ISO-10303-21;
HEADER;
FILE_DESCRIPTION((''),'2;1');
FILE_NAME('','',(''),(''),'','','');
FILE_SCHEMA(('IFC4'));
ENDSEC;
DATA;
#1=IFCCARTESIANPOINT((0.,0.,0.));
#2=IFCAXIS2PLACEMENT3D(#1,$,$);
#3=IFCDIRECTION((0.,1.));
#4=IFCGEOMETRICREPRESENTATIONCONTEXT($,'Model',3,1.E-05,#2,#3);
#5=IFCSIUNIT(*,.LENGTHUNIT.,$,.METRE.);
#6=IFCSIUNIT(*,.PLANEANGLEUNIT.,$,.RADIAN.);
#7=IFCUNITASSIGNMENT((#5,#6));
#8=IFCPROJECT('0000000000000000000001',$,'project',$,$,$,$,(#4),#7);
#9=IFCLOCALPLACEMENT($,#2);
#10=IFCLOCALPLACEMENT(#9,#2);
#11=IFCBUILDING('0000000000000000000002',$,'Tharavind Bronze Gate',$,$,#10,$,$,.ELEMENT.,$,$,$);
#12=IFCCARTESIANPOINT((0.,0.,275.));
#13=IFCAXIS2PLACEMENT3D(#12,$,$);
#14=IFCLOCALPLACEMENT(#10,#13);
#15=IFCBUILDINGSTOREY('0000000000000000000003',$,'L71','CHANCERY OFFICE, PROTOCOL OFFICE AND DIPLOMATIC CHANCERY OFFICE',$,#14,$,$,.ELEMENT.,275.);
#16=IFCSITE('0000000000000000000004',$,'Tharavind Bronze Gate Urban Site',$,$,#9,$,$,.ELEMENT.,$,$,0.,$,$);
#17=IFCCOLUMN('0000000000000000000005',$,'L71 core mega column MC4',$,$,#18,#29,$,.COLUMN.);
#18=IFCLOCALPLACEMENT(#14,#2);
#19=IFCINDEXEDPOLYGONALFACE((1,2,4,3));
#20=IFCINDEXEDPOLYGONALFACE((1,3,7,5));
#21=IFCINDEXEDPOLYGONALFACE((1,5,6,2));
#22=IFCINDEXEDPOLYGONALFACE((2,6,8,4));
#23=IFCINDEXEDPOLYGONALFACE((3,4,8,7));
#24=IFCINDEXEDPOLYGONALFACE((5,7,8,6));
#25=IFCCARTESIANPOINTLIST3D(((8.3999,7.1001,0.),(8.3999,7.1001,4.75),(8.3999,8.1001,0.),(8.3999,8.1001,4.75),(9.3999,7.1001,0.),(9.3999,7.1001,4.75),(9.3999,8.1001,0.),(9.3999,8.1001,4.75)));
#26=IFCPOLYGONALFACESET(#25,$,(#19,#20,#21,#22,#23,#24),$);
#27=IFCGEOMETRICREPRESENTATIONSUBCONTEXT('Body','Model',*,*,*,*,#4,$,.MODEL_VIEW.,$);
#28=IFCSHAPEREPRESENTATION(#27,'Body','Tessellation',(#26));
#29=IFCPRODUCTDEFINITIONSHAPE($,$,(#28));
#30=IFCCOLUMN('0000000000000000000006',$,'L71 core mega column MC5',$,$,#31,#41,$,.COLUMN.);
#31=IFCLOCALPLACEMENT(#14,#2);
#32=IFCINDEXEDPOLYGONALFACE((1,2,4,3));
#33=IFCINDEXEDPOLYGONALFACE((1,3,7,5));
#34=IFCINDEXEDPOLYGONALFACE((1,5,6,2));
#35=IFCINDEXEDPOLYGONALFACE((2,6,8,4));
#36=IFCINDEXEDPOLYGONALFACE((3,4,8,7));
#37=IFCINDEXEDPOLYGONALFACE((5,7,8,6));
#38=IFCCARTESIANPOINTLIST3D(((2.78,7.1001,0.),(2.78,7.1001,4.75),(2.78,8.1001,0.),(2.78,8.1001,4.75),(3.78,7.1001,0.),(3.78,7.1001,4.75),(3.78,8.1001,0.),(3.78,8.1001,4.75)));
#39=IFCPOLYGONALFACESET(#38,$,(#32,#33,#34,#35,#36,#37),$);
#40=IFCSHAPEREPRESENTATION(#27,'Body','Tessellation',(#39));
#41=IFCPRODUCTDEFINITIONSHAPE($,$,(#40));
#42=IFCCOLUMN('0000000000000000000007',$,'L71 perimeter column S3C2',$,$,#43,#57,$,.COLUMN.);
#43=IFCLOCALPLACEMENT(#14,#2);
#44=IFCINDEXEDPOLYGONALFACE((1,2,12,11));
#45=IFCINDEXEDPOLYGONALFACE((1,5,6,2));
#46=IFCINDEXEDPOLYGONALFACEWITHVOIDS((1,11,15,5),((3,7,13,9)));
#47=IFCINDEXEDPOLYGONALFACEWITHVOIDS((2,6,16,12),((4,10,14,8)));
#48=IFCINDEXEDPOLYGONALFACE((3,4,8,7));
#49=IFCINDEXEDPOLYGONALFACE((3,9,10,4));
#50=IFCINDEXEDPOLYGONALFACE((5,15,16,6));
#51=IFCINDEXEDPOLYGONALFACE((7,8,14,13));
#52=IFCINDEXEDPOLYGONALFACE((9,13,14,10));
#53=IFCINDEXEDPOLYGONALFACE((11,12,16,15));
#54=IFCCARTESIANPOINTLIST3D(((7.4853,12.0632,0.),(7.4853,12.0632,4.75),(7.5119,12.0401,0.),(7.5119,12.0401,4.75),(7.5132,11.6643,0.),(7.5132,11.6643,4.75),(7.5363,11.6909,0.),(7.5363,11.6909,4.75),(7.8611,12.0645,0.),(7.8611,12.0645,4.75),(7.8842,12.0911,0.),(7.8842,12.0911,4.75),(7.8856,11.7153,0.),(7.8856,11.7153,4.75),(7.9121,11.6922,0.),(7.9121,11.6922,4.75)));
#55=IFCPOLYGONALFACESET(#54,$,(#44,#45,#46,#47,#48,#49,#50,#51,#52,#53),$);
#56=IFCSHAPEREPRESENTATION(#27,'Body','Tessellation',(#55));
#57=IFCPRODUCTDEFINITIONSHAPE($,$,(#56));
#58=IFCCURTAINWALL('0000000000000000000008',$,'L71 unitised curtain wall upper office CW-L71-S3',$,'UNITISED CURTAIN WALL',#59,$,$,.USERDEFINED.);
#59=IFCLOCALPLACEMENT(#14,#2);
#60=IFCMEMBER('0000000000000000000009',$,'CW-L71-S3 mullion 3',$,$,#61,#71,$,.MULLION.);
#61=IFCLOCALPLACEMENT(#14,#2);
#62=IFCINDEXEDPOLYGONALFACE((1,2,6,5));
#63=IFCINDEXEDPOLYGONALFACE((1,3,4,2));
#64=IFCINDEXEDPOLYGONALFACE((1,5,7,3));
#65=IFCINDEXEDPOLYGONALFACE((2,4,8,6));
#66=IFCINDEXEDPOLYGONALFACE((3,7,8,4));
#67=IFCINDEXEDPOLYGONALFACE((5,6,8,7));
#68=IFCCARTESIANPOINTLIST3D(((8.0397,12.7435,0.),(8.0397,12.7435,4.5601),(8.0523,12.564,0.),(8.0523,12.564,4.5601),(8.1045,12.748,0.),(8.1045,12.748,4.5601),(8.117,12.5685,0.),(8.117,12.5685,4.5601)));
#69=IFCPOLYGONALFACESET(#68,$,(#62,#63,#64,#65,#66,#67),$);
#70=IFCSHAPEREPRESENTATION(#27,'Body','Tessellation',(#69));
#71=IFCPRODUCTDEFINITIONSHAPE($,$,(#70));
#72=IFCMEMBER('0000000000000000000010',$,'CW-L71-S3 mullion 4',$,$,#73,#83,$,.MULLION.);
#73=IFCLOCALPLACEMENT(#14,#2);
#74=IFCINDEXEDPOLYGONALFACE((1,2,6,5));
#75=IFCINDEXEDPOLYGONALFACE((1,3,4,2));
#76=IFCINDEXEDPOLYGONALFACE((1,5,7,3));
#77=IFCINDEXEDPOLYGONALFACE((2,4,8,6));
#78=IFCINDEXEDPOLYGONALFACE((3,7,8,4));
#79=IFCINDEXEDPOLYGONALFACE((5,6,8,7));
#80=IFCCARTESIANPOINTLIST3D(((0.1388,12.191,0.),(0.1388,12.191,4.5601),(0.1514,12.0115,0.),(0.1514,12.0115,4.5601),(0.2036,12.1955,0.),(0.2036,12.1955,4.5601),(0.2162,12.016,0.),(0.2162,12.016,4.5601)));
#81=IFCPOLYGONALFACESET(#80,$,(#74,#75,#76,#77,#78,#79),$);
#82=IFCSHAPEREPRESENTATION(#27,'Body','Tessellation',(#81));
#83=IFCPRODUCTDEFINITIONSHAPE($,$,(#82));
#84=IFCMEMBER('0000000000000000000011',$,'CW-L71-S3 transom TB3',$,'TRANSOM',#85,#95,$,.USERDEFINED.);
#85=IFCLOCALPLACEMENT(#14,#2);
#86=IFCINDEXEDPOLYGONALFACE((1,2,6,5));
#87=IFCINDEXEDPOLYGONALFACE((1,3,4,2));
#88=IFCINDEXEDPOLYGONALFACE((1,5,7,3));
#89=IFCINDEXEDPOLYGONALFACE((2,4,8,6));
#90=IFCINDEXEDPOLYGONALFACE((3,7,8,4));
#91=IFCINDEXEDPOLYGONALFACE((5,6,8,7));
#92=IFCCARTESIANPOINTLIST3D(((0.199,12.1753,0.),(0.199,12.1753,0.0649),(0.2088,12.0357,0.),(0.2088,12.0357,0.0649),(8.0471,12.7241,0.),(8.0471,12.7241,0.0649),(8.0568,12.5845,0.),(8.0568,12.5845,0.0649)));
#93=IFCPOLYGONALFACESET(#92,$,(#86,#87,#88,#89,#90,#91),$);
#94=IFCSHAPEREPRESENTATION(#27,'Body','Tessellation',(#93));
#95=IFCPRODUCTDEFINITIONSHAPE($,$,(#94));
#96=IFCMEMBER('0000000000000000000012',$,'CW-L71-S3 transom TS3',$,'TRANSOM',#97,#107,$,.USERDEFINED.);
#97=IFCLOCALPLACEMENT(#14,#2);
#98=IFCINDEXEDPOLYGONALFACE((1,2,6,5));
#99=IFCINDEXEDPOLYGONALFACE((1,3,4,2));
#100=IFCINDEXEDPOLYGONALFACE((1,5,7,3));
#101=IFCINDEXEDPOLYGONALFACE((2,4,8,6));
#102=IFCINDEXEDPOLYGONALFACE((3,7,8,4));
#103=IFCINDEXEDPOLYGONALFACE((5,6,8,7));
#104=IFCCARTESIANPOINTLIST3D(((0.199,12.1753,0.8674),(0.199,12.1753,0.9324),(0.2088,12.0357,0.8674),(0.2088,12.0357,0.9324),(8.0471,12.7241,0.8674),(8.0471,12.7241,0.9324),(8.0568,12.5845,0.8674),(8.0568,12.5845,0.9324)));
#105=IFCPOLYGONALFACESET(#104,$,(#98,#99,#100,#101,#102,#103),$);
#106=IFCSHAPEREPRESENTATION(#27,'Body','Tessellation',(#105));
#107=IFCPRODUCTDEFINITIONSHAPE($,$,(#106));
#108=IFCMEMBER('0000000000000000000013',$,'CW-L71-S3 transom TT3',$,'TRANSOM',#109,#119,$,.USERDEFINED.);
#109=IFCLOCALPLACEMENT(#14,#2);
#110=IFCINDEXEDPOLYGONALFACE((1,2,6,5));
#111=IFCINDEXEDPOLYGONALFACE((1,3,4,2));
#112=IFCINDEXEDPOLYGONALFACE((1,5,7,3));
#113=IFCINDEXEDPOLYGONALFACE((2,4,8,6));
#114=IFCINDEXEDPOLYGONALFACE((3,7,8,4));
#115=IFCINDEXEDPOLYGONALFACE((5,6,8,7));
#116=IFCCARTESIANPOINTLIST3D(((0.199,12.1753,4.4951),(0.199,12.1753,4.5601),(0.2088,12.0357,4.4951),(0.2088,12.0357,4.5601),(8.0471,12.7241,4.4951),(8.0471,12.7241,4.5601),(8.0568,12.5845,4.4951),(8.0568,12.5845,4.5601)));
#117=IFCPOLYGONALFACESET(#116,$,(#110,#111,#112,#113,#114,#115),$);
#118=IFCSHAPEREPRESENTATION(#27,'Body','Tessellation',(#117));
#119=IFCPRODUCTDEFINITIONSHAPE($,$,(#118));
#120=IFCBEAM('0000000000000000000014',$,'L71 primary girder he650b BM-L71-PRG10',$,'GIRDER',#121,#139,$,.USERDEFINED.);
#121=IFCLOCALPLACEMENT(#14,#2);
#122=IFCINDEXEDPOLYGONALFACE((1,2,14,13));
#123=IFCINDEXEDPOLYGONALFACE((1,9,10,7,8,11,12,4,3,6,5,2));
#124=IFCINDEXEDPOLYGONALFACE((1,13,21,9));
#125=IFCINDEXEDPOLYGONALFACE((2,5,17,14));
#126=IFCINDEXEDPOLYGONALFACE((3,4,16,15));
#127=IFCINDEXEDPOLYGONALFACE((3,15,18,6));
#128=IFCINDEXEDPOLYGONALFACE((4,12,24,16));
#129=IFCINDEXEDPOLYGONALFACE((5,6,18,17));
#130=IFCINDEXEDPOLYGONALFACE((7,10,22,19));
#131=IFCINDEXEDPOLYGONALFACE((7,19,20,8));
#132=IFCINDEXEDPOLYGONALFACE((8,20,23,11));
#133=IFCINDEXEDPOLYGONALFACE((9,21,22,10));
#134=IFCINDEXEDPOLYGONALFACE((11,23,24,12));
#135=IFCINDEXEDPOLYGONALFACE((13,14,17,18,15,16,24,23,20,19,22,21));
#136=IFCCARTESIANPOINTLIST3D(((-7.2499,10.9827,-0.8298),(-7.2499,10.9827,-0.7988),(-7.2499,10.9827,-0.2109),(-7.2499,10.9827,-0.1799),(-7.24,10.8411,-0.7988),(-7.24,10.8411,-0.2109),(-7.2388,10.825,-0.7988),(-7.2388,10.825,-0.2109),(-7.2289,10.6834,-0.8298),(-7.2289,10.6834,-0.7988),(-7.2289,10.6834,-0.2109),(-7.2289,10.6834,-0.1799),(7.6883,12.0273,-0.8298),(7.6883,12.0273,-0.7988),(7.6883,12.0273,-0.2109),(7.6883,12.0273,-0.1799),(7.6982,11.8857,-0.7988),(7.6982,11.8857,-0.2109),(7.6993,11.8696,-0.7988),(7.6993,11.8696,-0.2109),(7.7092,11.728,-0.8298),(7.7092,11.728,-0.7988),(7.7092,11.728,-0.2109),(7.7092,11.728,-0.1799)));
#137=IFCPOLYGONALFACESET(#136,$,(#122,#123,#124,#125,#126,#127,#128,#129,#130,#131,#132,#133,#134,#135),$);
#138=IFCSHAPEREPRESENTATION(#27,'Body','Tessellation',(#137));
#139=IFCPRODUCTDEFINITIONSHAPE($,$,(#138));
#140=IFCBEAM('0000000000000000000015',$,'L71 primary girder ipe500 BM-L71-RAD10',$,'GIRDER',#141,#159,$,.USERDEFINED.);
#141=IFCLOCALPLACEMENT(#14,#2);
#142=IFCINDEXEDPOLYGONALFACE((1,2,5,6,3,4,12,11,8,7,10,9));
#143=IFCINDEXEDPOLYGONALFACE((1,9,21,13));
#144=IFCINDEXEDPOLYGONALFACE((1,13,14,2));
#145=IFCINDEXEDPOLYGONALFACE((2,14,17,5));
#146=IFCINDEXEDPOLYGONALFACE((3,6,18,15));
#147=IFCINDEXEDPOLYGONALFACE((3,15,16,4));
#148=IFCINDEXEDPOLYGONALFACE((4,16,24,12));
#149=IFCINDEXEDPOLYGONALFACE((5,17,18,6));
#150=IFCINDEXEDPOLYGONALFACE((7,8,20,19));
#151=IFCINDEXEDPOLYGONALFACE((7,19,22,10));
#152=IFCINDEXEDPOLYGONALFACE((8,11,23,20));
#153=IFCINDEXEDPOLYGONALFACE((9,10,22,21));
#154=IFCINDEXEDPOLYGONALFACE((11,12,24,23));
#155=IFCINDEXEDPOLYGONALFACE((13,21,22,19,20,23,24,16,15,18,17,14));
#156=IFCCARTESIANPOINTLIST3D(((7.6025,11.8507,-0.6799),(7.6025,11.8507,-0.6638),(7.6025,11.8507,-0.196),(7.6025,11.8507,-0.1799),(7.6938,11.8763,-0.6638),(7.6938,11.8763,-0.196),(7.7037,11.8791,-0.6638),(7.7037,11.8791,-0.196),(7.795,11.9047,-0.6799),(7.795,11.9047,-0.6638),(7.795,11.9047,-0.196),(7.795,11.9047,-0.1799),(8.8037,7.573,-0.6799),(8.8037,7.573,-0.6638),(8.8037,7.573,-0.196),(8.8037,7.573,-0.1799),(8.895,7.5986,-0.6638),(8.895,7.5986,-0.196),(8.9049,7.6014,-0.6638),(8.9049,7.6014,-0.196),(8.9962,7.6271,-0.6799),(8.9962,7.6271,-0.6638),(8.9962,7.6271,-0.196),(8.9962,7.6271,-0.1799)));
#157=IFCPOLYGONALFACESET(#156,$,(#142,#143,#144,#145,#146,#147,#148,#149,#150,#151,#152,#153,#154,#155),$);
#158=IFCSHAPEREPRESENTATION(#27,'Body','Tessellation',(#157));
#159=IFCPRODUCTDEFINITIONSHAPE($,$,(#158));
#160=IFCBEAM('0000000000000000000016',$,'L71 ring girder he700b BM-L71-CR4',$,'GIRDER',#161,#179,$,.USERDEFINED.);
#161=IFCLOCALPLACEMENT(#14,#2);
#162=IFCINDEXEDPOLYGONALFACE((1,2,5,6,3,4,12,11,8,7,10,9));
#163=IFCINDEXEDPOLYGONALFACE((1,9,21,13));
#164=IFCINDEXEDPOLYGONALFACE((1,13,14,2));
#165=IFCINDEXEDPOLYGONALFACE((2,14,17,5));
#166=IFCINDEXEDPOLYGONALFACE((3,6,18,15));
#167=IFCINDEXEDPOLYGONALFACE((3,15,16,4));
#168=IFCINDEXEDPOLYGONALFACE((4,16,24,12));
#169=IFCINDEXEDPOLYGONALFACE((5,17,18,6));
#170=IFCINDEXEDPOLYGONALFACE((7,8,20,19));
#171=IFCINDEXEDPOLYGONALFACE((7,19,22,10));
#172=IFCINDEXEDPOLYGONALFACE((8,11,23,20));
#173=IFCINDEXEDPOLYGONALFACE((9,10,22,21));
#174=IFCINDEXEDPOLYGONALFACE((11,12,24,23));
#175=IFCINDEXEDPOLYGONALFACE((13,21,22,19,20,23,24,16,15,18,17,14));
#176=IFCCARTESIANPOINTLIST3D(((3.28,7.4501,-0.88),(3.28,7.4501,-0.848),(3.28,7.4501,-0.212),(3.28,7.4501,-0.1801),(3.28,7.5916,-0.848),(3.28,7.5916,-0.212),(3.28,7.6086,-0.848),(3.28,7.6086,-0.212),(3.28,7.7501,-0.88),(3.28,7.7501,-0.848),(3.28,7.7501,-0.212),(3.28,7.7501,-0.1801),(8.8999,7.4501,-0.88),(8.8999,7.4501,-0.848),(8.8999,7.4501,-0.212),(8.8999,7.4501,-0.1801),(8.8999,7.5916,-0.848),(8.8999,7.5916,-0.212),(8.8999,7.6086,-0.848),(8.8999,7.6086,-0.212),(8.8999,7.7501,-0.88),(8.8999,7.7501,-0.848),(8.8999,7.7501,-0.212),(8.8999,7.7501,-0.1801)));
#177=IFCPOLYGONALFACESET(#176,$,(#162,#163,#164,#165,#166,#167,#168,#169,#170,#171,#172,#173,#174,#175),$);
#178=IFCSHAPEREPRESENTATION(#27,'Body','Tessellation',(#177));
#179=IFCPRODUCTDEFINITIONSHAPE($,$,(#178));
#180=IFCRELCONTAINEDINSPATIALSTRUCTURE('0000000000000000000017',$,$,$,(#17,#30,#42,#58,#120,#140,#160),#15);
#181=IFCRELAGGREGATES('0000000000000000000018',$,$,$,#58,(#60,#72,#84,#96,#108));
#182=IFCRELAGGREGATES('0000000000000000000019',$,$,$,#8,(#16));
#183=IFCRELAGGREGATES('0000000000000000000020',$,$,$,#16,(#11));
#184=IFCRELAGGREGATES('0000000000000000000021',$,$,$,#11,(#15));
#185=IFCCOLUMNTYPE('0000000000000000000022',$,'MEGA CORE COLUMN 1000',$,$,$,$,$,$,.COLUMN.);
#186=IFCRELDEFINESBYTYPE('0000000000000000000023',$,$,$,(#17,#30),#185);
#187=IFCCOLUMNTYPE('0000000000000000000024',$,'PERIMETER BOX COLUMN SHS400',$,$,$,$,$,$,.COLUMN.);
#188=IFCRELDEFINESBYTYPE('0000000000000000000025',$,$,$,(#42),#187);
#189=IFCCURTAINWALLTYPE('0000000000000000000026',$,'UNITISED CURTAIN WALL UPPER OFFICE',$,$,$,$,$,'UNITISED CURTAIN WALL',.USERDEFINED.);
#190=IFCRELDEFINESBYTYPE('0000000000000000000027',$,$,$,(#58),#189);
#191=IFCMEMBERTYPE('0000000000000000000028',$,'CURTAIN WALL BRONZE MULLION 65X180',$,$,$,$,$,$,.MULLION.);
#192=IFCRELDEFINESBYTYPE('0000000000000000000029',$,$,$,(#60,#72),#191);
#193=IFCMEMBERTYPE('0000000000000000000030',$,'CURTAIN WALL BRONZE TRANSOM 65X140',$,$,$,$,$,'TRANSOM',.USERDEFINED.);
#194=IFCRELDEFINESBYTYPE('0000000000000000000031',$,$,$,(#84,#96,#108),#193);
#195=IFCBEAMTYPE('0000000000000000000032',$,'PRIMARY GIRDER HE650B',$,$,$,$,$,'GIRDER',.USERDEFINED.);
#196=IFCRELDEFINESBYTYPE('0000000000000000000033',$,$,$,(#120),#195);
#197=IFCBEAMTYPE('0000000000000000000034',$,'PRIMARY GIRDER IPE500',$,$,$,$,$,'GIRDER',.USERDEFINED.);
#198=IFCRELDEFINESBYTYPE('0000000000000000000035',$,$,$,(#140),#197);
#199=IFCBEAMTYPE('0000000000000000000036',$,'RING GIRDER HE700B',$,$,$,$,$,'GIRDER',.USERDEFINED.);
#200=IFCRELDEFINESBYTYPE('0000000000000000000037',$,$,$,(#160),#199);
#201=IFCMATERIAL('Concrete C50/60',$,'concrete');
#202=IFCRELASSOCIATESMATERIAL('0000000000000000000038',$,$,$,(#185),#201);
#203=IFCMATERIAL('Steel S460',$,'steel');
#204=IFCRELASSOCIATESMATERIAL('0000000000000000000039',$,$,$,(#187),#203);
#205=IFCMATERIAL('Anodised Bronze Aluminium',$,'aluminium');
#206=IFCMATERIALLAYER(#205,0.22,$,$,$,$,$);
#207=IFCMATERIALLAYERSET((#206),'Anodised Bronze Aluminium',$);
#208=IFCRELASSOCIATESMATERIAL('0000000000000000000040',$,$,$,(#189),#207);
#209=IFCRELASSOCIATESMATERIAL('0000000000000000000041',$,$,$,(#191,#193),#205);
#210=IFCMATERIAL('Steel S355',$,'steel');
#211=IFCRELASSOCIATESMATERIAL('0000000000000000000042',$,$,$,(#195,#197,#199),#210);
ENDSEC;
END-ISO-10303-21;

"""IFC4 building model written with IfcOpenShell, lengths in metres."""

from ifc_helpers import new_model, si_unit, direction, frame, origin, origin_2d, place, context, subcontext, project, spatial, rectangle, hollow_rectangle, i_section, extrude, material, layer, layer_set, material_profile, profile_set, type_object, element, aggregate, save


model = new_model("IFC4")

# Units and contexts
model_context = context("Model", 3, precision=1e-05, world=origin(), true_north=direction((0.0, 1.0)))
body_context = subcontext(model_context, "Body", "Model", "MODEL_VIEW")
ifc_project = project(units=[si_unit("LENGTHUNIT", "METRE"), si_unit("PLANEANGLEUNIT", "RADIAN")], contexts=[model_context])

# Site, building, storey
site_placement = place(None, origin())
site = spatial("IfcSite", under=ifc_project, at=site_placement, Name="Tharavind Bronze Gate Urban Site", CompositionType="ELEMENT", RefElevation=0.0)
building_placement = place(site_placement, origin())
building = spatial("IfcBuilding", under=site, at=building_placement, Name="Tharavind Bronze Gate", CompositionType="ELEMENT")
storey_placement = place(building_placement, frame((0.0, 0.0, 275.0)))
storey = spatial("IfcBuildingStorey", under=building, at=storey_placement, Name="L71", Description="CHANCERY OFFICE, PROTOCOL OFFICE AND DIPLOMATIC CHANCERY OFFICE", CompositionType="ELEMENT", Elevation=275.0)

# Columns
ifc_material_1 = material(Name="Concrete C50/60", Category="concrete")
ifc_material_profile_1 = material_profile(ifc_material_1, rectangle(XDim=1.0, YDim=1.0, at=origin_2d()), Name="RCCOL1000")
ifc_profile_set_1 = profile_set([ifc_material_profile_1], Name="Concrete C50/60")
column_type_1 = type_object("IfcColumnType", Name="MEGA CORE COLUMN 1000", PredefinedType="COLUMN", material=ifc_profile_set_1)
for number, where, z_axis, x_axis, name in (
    (1, (8.8999, 7.6001, 0.0), (0.0, 0.0, 1.0), (1.0, 0.0, 0.0), "L71 core mega column MC4"),
    (2, (3.28, 7.6001, 0.0), (0.0, 0.0, 1.0), (1.0, 0.0, 0.0), "L71 core mega column MC5"),
):
    element("IfcColumn", number, at=place(storey_placement, frame(where, z_axis=z_axis, x_axis=x_axis)), inside=storey, type_object=column_type_1, Name=name, PredefinedType="COLUMN", context=body_context, shape_type="SweptSolid", body=[
        extrude(rectangle(XDim=1.0, YDim=1.0, at=origin_2d()), origin(), (0.0, 0.0, 1.0), 4.75),
    ])
ifc_material_2 = material(Name="Steel S460", Category="steel")
ifc_material_profile_2 = material_profile(ifc_material_2, hollow_rectangle(XDim=0.3999, YDim=0.3999, WallThickness=0.0249, at=origin_2d()), Name="SHS400X25")
ifc_profile_set_2 = profile_set([ifc_material_profile_2], Name="Steel S460")
column_type_2 = type_object("IfcColumnType", Name="PERIMETER BOX COLUMN SHS400", PredefinedType="COLUMN", material=ifc_profile_set_2)
column_placement = place(storey_placement, frame((7.6987, 11.8777, 0.0), z_axis=(0.0, 0.0, 1.0), x_axis=(0.997564, 0.069758, 0.0)))
element("IfcColumn", 3, at=column_placement, inside=storey, type_object=column_type_2, Name="L71 perimeter column S3C2", PredefinedType="COLUMN", context=body_context, shape_type="SweptSolid", body=[
    extrude(hollow_rectangle(XDim=0.3999, YDim=0.3999, WallThickness=0.0249, at=origin_2d()), origin(), (0.0, 0.0, 1.0), 4.75),
])

# Curtain wall, members
ifc_material_3 = material(Name="Anodised Bronze Aluminium", Category="aluminium")
ifc_layer_1 = layer(ifc_material_3, 0.22)
ifc_layer_set_1 = layer_set([ifc_layer_1], Name="Anodised Bronze Aluminium")
curtain_wall_type = type_object("IfcCurtainWallType", Name="UNITISED CURTAIN WALL UPPER OFFICE", ElementType="UNITISED CURTAIN WALL", PredefinedType="USERDEFINED", material=ifc_layer_set_1)
curtain_wall_placement = place(storey_placement, origin())
curtain_wall = element("IfcCurtainWall", 4, at=curtain_wall_placement, inside=storey, type_object=curtain_wall_type, Name="L71 unitised curtain wall upper office CW-L71-S3", ObjectType="UNITISED CURTAIN WALL", PredefinedType="USERDEFINED")
member_type_1 = type_object("IfcMemberType", Name="CURTAIN WALL BRONZE MULLION 65X180", PredefinedType="MULLION", material=ifc_material_3)
member_1_placement = place(storey_placement, frame((8.0784, 12.656, 0.0), z_axis=(0.0, 0.0, 1.0), x_axis=(-0.997564, -0.06976, 0.0)))
member_1 = element("IfcMember", 5, at=member_1_placement, type_object=member_type_1, Name="CW-L71-S3 mullion 3", PredefinedType="MULLION", context=body_context, shape_type="SweptSolid", body=[
    extrude(rectangle(XDim=0.0649, YDim=0.1799, at=origin_2d()), origin(), (0.0, 0.0, 1.0), 4.5601),
])
member_2_placement = place(storey_placement, frame((0.1775, 12.1035, 0.0), z_axis=(0.0, 0.0, 1.0), x_axis=(-0.997564, -0.06976, 0.0)))
member_2 = element("IfcMember", 6, at=member_2_placement, type_object=member_type_1, Name="CW-L71-S3 mullion 4", PredefinedType="MULLION", context=body_context, shape_type="SweptSolid", body=[
    extrude(rectangle(XDim=0.0649, YDim=0.1799, at=origin_2d()), origin(), (0.0, 0.0, 1.0), 4.5601),
])
member_type_2 = type_object("IfcMemberType", Name="CURTAIN WALL BRONZE TRANSOM 65X140", ElementType="TRANSOM", PredefinedType="USERDEFINED", material=ifc_material_3)
member_3_placement = place(storey_placement, frame((4.1279, 12.3799, 0.0), z_axis=(0.0, 0.0, 1.0), x_axis=(-0.997564, -0.06976, 0.0)))
member_3 = element("IfcMember", 7, at=member_3_placement, type_object=member_type_2, Name="CW-L71-S3 transom TB3", ObjectType="TRANSOM", PredefinedType="USERDEFINED", context=body_context, shape_type="SweptSolid", body=[
    extrude(rectangle(XDim=7.8672, YDim=0.1399, at=origin_2d()), origin(), (0.0, 0.0, 1.0), 0.0649),
])
member_4_placement = place(storey_placement, frame((4.1279, 12.3799, 0.8674), z_axis=(0.0, 0.0, 1.0), x_axis=(-0.997564, -0.06976, 0.0)))
member_4 = element("IfcMember", 8, at=member_4_placement, type_object=member_type_2, Name="CW-L71-S3 transom TS3", ObjectType="TRANSOM", PredefinedType="USERDEFINED", context=body_context, shape_type="SweptSolid", body=[
    extrude(rectangle(XDim=7.8672, YDim=0.1399, at=origin_2d()), origin(), (0.0, 0.0, 1.0), 0.0649),
])
member_5_placement = place(storey_placement, frame((4.1279, 12.3799, 4.4951), z_axis=(0.0, 0.0, 1.0), x_axis=(-0.997564, -0.06976, 0.0)))
member_5 = element("IfcMember", 9, at=member_5_placement, type_object=member_type_2, Name="CW-L71-S3 transom TT3", ObjectType="TRANSOM", PredefinedType="USERDEFINED", context=body_context, shape_type="SweptSolid", body=[
    extrude(rectangle(XDim=7.8672, YDim=0.1399, at=origin_2d()), origin(), (0.0, 0.0, 1.0), 0.0649),
])

# Beams
ifc_material_4 = material(Name="Steel S355", Category="steel")
ifc_material_profile_3 = material_profile(ifc_material_4, i_section(OverallWidth=0.3, OverallDepth=0.6499, WebThickness=0.0161, FlangeThickness=0.031, at=origin_2d()), Name="HE650B")
ifc_profile_set_3 = profile_set([ifc_material_profile_3], Name="Steel S355")
beam_type_1 = type_object("IfcBeamType", Name="PRIMARY GIRDER HE650B", ElementType="GIRDER", PredefinedType="USERDEFINED", material=ifc_profile_set_3)
beam_1_placement = place(storey_placement, frame((7.6987, 11.8777, -0.5049), z_axis=(-0.997564, -0.069763, 0.0), x_axis=(0.069763, -0.997564, 0.0)))
element("IfcBeam", 10, at=beam_1_placement, inside=storey, type_object=beam_type_1, Name="L71 primary girder he650b BM-L71-PRG10", ObjectType="GIRDER", PredefinedType="USERDEFINED", context=body_context, shape_type="SweptSolid", body=[
    extrude(i_section(OverallWidth=0.3, OverallDepth=0.6499, WebThickness=0.0161, FlangeThickness=0.031, at=origin_2d()), origin(), (0.0, 0.0, 1.0), 14.9746),
])
ifc_material_profile_4 = material_profile(ifc_material_4, i_section(OverallWidth=0.2, OverallDepth=0.5, WebThickness=0.0103, FlangeThickness=0.0161, at=origin_2d()), Name="IPE500")
ifc_profile_set_4 = profile_set([ifc_material_profile_4], Name="Steel S355")
beam_type_2 = type_object("IfcBeamType", Name="PRIMARY GIRDER IPE500", ElementType="GIRDER", PredefinedType="USERDEFINED", material=ifc_profile_set_4)
beam_2_placement = place(storey_placement, frame((7.6987, 11.8777, -0.4299), z_axis=(0.270349, -0.962762, 0.0), x_axis=(0.962762, 0.270349, 0.0)))
element("IfcBeam", 11, at=beam_2_placement, inside=storey, type_object=beam_type_2, Name="L71 primary girder ipe500 BM-L71-RAD10", ObjectType="GIRDER", PredefinedType="USERDEFINED", context=body_context, shape_type="SweptSolid", body=[
    extrude(i_section(OverallWidth=0.2, OverallDepth=0.5, WebThickness=0.0103, FlangeThickness=0.0161, at=origin_2d()), origin(), (0.0, 0.0, 1.0), 4.4431),
])
ifc_material_profile_5 = material_profile(ifc_material_4, i_section(OverallWidth=0.3, OverallDepth=0.7, WebThickness=0.0171, FlangeThickness=0.032, at=origin_2d()), Name="HE700B")
ifc_profile_set_5 = profile_set([ifc_material_profile_5], Name="Steel S355")
beam_type_3 = type_object("IfcBeamType", Name="RING GIRDER HE700B", ElementType="GIRDER", PredefinedType="USERDEFINED", material=ifc_profile_set_5)
beam_3_placement = place(storey_placement, frame((8.8999, 7.6001, -0.53), z_axis=(-1.0, 0.0, 0.0), x_axis=(0.0, -1.0, 0.0)))
element("IfcBeam", 12, at=beam_3_placement, inside=storey, type_object=beam_type_3, Name="L71 ring girder he700b BM-L71-CR4", ObjectType="GIRDER", PredefinedType="USERDEFINED", context=body_context, shape_type="SweptSolid", body=[
    extrude(i_section(OverallWidth=0.3, OverallDepth=0.7, WebThickness=0.0171, FlangeThickness=0.032, at=origin_2d()), origin(), (0.0, 0.0, 1.0), 5.6199),
])

aggregate(curtain_wall, [member_1, member_2, member_3, member_4, member_5])

save(model, "model.ifc")
